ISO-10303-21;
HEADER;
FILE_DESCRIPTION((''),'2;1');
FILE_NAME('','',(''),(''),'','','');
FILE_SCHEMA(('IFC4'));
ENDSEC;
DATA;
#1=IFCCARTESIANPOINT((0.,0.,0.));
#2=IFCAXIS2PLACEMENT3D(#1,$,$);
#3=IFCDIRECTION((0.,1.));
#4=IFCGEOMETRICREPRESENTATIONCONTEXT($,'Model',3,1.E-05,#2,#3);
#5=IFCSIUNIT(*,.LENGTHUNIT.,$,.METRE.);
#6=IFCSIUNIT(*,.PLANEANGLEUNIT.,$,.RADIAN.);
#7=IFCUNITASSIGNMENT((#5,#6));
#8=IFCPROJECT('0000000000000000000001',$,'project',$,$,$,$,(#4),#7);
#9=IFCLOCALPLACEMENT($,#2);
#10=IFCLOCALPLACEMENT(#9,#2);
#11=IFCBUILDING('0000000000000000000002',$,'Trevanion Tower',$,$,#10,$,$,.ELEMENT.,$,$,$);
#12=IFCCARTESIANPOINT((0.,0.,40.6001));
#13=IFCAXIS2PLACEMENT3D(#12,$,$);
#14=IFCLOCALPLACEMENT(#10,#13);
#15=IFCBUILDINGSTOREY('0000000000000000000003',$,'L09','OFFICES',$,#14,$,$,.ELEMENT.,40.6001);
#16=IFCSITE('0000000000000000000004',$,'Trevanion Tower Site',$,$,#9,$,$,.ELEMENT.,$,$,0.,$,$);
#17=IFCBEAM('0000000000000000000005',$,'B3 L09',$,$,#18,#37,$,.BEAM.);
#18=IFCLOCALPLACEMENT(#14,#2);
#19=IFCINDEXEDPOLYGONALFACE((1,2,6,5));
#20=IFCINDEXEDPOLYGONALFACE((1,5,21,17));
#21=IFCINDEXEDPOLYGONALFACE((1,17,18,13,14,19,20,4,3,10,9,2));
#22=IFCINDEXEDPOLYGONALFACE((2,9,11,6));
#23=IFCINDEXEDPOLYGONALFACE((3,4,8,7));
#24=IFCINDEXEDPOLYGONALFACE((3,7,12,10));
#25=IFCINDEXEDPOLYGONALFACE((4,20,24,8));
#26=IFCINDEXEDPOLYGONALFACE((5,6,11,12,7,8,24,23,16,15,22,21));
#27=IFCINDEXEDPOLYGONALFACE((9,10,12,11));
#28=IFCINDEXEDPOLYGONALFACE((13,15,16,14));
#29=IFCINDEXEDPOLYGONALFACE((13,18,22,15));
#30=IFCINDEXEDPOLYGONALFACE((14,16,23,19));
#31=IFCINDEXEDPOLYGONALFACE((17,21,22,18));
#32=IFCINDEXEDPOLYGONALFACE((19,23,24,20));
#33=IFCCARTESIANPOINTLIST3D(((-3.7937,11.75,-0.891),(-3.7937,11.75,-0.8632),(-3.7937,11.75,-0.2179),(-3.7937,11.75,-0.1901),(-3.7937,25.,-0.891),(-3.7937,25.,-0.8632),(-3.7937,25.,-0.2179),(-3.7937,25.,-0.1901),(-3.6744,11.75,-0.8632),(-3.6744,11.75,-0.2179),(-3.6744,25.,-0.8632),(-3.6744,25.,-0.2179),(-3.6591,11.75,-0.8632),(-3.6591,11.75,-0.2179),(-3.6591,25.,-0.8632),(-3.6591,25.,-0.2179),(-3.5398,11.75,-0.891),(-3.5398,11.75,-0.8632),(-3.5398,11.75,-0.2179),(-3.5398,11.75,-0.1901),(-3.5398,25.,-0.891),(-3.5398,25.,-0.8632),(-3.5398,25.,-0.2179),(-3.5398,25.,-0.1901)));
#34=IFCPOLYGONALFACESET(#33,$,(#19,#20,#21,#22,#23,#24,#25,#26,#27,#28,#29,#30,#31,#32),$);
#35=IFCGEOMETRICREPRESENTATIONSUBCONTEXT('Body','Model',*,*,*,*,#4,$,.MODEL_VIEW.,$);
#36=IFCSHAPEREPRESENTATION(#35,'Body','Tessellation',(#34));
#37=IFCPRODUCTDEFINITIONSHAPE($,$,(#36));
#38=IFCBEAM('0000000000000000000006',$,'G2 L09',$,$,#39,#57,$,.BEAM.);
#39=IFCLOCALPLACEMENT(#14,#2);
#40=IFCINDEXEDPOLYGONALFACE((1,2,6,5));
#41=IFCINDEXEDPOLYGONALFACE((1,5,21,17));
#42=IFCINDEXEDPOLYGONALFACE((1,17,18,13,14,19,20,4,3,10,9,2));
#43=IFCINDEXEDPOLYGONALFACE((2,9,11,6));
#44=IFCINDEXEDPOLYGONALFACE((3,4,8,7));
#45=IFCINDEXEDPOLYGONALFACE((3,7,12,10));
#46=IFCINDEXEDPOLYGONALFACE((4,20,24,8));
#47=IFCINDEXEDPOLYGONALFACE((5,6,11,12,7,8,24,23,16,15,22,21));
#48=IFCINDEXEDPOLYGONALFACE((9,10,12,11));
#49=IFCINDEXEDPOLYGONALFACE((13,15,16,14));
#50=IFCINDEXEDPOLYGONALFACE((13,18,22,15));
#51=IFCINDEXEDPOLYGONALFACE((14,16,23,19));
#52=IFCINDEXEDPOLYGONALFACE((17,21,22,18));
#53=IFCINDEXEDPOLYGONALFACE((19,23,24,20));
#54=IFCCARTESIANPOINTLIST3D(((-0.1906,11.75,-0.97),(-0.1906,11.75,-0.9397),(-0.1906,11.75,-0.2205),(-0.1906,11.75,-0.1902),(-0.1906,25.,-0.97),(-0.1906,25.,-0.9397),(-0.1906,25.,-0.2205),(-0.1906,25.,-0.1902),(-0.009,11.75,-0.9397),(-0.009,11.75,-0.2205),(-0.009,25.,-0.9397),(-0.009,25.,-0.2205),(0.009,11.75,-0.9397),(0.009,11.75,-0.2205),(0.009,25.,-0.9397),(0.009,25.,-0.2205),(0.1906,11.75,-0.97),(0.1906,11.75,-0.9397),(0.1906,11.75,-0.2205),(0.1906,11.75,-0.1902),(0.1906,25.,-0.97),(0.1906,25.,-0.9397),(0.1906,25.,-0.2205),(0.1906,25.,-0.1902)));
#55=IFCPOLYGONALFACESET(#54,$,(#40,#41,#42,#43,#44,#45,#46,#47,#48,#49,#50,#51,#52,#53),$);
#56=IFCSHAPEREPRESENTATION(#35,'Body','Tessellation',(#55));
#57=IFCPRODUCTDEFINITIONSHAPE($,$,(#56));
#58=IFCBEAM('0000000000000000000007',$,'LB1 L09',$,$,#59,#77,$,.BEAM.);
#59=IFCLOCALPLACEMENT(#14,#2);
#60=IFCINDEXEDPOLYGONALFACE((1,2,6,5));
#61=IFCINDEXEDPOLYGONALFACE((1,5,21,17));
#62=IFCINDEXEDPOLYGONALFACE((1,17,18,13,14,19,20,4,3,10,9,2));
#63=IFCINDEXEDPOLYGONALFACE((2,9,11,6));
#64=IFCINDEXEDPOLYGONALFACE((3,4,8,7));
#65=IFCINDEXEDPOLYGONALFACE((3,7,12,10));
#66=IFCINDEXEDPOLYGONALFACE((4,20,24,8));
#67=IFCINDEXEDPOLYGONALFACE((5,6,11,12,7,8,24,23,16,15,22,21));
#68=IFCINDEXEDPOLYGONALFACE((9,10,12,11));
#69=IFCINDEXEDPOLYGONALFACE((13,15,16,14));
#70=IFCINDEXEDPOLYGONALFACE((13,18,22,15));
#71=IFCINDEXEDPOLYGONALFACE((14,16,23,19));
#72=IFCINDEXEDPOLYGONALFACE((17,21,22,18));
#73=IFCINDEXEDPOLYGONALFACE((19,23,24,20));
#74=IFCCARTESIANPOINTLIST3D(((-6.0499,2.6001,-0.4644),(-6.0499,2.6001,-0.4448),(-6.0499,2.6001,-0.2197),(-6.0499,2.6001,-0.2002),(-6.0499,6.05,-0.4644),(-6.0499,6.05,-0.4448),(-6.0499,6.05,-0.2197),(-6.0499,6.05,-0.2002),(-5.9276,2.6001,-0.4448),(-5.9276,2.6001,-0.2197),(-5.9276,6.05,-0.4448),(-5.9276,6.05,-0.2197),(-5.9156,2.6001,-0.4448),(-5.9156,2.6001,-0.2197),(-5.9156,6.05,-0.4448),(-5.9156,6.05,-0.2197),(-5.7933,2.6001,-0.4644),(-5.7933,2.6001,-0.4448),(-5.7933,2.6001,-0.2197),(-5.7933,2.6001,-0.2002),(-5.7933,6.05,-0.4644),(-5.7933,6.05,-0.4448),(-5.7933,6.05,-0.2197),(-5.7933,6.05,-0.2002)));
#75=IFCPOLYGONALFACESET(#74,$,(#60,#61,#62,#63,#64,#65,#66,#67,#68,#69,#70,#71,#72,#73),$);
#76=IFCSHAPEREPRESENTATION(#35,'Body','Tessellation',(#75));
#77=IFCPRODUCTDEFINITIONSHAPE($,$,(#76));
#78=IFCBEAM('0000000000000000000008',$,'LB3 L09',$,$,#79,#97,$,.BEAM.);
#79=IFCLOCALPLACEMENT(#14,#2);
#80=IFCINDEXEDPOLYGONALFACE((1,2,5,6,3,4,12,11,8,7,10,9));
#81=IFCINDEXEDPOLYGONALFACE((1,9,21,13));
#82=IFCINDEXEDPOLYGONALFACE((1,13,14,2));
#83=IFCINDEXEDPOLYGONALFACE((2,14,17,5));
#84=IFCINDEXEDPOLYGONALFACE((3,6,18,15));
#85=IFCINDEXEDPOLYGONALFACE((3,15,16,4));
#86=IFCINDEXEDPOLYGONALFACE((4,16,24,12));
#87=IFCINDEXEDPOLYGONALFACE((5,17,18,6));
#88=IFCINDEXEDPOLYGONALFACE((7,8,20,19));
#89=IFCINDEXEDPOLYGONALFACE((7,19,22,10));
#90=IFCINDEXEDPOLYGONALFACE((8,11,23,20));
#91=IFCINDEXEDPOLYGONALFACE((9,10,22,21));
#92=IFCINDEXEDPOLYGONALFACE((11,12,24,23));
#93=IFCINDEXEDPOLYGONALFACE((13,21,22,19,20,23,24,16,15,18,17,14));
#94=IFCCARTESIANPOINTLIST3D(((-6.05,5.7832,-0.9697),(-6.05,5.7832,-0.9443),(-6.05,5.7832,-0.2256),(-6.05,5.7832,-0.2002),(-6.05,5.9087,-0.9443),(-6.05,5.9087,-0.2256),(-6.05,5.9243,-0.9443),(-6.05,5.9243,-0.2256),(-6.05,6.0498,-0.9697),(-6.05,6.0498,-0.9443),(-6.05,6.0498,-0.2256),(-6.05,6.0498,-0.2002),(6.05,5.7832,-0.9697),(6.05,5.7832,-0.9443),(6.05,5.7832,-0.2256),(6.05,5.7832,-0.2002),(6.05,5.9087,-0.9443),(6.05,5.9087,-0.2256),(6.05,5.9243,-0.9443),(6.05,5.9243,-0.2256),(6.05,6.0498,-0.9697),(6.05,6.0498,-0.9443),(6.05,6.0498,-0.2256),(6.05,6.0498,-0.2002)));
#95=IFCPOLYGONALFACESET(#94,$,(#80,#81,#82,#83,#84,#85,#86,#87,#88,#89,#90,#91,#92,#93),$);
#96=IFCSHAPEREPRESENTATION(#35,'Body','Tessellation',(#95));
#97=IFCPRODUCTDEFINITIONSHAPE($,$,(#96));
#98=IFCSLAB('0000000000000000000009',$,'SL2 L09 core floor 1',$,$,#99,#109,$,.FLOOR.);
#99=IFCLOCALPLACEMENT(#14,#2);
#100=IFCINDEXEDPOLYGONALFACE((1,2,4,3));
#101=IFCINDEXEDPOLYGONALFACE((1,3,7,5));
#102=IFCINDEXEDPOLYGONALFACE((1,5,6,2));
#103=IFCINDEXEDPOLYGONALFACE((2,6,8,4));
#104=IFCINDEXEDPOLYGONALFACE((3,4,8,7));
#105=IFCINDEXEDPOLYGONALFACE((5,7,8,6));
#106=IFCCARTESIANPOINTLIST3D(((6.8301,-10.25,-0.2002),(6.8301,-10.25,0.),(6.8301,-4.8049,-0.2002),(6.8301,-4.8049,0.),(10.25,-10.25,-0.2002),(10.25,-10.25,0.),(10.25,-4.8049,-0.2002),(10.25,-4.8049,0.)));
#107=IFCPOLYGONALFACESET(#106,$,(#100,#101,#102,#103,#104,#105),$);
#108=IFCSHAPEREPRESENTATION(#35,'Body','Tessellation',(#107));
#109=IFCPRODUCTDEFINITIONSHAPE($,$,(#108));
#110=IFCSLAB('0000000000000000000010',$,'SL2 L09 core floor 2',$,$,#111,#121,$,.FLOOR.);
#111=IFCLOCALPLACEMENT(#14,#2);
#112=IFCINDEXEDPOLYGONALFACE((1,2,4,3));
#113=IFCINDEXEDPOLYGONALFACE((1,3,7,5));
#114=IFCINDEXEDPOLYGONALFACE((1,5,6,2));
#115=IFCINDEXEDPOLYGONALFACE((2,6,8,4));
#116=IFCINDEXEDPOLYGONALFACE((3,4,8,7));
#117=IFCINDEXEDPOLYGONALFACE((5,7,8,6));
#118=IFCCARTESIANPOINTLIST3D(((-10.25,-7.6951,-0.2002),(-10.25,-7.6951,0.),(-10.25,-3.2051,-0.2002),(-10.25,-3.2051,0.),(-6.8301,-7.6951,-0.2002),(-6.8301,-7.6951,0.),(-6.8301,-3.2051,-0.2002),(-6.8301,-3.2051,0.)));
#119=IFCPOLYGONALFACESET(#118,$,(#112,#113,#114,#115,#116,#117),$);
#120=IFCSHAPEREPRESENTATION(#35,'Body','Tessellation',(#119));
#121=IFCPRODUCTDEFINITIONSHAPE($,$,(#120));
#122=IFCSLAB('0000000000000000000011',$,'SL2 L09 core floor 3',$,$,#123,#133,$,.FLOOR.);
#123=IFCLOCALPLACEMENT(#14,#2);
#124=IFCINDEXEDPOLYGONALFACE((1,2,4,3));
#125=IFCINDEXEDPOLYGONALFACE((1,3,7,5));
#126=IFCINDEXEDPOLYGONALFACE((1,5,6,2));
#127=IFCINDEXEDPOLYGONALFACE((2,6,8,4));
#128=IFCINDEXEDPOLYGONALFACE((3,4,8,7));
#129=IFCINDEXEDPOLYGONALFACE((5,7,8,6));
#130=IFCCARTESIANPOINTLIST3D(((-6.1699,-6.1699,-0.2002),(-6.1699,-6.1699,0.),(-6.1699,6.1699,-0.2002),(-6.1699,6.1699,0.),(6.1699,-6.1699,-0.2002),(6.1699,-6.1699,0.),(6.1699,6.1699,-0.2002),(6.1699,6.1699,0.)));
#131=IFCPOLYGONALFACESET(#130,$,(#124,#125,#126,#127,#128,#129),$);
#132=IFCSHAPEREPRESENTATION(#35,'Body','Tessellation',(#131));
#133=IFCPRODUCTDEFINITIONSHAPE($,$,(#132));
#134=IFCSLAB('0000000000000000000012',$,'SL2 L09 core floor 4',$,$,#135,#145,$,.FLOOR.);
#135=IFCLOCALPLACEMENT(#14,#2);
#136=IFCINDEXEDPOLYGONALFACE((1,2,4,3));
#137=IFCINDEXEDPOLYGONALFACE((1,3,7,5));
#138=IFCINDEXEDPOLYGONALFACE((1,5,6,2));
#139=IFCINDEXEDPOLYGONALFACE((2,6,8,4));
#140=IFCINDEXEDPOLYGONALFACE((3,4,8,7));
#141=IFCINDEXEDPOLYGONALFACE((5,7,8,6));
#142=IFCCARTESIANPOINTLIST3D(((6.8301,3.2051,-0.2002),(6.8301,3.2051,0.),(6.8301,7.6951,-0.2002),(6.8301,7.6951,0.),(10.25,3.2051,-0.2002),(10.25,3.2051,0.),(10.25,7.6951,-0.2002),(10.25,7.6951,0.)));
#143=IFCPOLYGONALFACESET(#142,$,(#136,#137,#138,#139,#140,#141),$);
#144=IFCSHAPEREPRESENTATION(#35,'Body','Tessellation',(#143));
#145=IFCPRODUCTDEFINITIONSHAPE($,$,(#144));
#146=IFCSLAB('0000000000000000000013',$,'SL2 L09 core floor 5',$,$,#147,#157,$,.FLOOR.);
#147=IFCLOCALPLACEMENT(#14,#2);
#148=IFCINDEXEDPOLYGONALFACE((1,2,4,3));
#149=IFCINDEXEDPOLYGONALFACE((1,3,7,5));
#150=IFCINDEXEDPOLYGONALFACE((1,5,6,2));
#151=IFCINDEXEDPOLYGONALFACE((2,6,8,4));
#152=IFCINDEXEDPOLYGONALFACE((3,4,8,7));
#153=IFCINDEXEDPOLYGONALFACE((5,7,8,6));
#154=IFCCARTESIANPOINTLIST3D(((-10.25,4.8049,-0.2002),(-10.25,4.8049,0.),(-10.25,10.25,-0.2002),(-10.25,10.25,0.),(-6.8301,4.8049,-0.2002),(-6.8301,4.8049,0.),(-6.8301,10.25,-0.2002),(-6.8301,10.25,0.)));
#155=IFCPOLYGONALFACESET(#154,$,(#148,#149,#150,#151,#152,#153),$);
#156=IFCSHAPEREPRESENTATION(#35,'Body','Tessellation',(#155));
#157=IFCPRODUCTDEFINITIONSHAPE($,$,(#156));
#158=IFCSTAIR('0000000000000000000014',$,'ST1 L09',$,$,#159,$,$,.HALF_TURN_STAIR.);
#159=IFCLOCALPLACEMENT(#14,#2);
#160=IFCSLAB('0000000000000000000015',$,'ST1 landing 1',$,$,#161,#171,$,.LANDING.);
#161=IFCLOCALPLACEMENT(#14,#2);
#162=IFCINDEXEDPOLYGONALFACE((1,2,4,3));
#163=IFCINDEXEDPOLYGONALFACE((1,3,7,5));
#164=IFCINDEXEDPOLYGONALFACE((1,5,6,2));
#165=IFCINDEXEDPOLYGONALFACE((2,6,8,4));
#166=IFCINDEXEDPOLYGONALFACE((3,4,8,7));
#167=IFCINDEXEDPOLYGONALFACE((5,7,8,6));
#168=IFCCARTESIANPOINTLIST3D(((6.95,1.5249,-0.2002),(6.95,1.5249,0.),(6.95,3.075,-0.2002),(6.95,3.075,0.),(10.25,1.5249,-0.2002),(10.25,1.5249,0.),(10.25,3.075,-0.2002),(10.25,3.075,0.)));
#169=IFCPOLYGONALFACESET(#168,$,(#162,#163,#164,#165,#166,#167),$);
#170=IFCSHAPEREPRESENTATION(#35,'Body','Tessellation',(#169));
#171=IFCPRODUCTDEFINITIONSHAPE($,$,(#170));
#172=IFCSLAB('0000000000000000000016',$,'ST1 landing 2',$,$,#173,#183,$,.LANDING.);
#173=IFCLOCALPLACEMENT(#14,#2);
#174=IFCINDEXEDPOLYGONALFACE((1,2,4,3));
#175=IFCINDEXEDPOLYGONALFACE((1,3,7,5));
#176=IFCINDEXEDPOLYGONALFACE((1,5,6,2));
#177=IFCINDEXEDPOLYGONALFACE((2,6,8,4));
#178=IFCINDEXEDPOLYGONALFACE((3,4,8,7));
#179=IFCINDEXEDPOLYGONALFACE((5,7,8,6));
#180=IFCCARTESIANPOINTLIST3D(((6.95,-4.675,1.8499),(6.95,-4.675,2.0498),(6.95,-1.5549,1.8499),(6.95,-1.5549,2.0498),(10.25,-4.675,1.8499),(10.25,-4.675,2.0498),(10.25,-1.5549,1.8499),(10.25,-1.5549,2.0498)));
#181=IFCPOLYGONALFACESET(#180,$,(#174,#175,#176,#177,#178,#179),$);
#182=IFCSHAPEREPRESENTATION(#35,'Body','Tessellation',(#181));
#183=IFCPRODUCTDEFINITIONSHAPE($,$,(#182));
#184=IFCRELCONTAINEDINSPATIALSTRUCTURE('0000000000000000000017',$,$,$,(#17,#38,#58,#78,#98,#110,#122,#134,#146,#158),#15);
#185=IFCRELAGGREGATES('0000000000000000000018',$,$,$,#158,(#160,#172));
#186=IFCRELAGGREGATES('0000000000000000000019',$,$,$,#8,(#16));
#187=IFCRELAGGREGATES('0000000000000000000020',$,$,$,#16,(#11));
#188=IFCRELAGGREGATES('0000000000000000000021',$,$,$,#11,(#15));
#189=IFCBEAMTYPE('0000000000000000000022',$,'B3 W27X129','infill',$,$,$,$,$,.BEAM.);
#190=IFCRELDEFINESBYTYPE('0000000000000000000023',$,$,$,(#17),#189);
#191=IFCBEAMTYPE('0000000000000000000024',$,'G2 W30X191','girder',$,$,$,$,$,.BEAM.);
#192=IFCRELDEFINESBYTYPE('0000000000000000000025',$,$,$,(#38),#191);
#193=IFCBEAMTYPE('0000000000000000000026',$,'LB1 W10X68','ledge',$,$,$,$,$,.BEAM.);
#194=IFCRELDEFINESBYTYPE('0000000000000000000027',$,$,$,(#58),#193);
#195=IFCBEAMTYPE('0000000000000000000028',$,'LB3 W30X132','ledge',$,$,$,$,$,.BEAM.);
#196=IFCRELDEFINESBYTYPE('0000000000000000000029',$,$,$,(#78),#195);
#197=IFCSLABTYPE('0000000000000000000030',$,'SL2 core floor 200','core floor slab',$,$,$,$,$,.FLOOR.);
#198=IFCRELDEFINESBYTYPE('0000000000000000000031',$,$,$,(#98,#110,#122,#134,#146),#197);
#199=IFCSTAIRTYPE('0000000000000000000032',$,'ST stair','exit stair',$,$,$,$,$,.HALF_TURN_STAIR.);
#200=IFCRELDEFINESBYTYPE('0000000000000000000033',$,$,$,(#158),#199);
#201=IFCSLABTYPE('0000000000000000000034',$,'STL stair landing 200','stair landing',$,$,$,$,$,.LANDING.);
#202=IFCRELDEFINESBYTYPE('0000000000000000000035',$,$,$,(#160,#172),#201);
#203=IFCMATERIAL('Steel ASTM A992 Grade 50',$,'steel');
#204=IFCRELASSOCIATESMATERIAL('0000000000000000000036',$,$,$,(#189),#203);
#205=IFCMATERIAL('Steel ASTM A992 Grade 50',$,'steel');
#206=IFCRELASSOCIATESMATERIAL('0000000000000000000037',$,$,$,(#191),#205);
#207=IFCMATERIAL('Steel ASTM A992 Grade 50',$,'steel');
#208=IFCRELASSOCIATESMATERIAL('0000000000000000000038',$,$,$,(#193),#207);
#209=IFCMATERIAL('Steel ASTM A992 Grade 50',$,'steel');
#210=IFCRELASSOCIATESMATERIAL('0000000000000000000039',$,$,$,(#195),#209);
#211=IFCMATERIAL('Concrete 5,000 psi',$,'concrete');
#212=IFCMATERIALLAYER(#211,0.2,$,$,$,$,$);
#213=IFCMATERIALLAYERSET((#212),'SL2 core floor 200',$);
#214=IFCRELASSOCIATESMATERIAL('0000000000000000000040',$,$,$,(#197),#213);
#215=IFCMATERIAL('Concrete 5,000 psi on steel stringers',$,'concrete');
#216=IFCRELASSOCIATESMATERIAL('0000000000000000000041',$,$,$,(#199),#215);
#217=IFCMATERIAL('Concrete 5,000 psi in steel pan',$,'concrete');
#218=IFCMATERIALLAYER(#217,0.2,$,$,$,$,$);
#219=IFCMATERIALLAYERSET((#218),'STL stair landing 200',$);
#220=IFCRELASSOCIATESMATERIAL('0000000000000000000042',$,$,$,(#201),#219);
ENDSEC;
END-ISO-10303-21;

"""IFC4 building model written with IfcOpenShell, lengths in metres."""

from ifc_helpers import new_model, si_unit, direction, frame, origin, origin_2d, place, context, subcontext, project, spatial, polyline, i_section, outline, extrude, material, layer, layer_set, material_profile, profile_set, type_object, element, aggregate, save


model = new_model("IFC4")

# Units and contexts
model_context = context("Model", 3, precision=1e-05, world=origin(), true_north=direction((0.0, 1.0)))
body_context = subcontext(model_context, "Body", "Model", "MODEL_VIEW")
ifc_project = project(units=[si_unit("LENGTHUNIT", "METRE"), si_unit("PLANEANGLEUNIT", "RADIAN")], contexts=[model_context])

# Site, building, storey
site_placement = place(None, origin())
site = spatial("IfcSite", under=ifc_project, at=site_placement, Name="Trevanion Tower Site", CompositionType="ELEMENT", RefElevation=0.0)
building_placement = place(site_placement, origin())
building = spatial("IfcBuilding", under=site, at=building_placement, Name="Trevanion Tower", CompositionType="ELEMENT")
storey_placement = place(building_placement, frame((0.0, 0.0, 40.6001)))
storey = spatial("IfcBuildingStorey", under=building, at=storey_placement, Name="L09", Description="OFFICES", CompositionType="ELEMENT", Elevation=40.6001)

# Beams
ifc_material_1 = material(Name="Steel ASTM A992 Grade 50", Category="steel")
ifc_material_profile_1 = material_profile(ifc_material_1, i_section(OverallWidth=0.2539, OverallDepth=0.7009, WebThickness=0.0154, FlangeThickness=0.0278, at=origin_2d()), Name="W27X129")
ifc_profile_set_1 = profile_set([ifc_material_profile_1], Name="Steel ASTM A992 Grade 50")
beam_type_1 = type_object("IfcBeamType", Name="B3 W27X129", Description="infill", PredefinedType="BEAM", material=ifc_profile_set_1)
beam_1_placement = place(storey_placement, frame((-3.6667, 11.75, -0.5405), z_axis=(0.0, 1.0, 0.0), x_axis=(-1.0, 0.0, 0.0)))
element("IfcBeam", 1, at=beam_1_placement, inside=storey, type_object=beam_type_1, Name="B3 L09", PredefinedType="BEAM", context=body_context, shape_type="SweptSolid", body=[
    extrude(i_section(OverallWidth=0.2539, OverallDepth=0.7009, WebThickness=0.0154, FlangeThickness=0.0278, at=origin_2d()), origin(), (0.0, 0.0, 1.0), 13.25),
])
ifc_material_2 = material(Name="Steel ASTM A992 Grade 50", Category="steel")
ifc_material_profile_2 = material_profile(ifc_material_2, i_section(OverallWidth=0.3811, OverallDepth=0.7798, WebThickness=0.0181, FlangeThickness=0.0303, at=origin_2d()), Name="W30X191")
ifc_profile_set_2 = profile_set([ifc_material_profile_2], Name="Steel ASTM A992 Grade 50")
beam_type_2 = type_object("IfcBeamType", Name="G2 W30X191", Description="girder", PredefinedType="BEAM", material=ifc_profile_set_2)
beam_2_placement = place(storey_placement, frame((0.0, 11.75, -0.5801), z_axis=(0.0, 1.0, 0.0), x_axis=(-1.0, 0.0, 0.0)))
element("IfcBeam", 2, at=beam_2_placement, inside=storey, type_object=beam_type_2, Name="G2 L09", PredefinedType="BEAM", context=body_context, shape_type="SweptSolid", body=[
    extrude(i_section(OverallWidth=0.3811, OverallDepth=0.7798, WebThickness=0.0181, FlangeThickness=0.0303, at=origin_2d()), origin(), (0.0, 0.0, 1.0), 13.25),
])
ifc_material_3 = material(Name="Steel ASTM A992 Grade 50", Category="steel")
ifc_material_profile_3 = material_profile(ifc_material_3, i_section(OverallWidth=0.2566, OverallDepth=0.2642, WebThickness=0.012, FlangeThickness=0.0195, at=origin_2d()), Name="W10X68")
ifc_profile_set_3 = profile_set([ifc_material_profile_3], Name="Steel ASTM A992 Grade 50")
beam_type_3 = type_object("IfcBeamType", Name="LB1 W10X68", Description="ledge", PredefinedType="BEAM", material=ifc_profile_set_3)
beam_3_placement = place(storey_placement, frame((-5.9216, 2.6001, -0.3323), z_axis=(0.0, 1.0, 0.0), x_axis=(-1.0, 0.0, 0.0)))
element("IfcBeam", 3, at=beam_3_placement, inside=storey, type_object=beam_type_3, Name="LB1 L09", PredefinedType="BEAM", context=body_context, shape_type="SweptSolid", body=[
    extrude(i_section(OverallWidth=0.2566, OverallDepth=0.2642, WebThickness=0.012, FlangeThickness=0.0195, at=origin_2d()), origin(), (0.0, 0.0, 1.0), 3.45),
])
ifc_material_4 = material(Name="Steel ASTM A992 Grade 50", Category="steel")
ifc_material_profile_4 = material_profile(ifc_material_4, i_section(OverallWidth=0.2666, OverallDepth=0.7695, WebThickness=0.0156, FlangeThickness=0.0254, at=origin_2d()), Name="W30X132")
ifc_profile_set_4 = profile_set([ifc_material_profile_4], Name="Steel ASTM A992 Grade 50")
beam_type_4 = type_object("IfcBeamType", Name="LB3 W30X132", Description="ledge", PredefinedType="BEAM", material=ifc_profile_set_4)
beam_4_placement = place(storey_placement, frame((-6.05, 5.9165, -0.585), z_axis=(1.0, 0.0, 0.0), x_axis=(0.0, 1.0, 0.0)))
element("IfcBeam", 4, at=beam_4_placement, inside=storey, type_object=beam_type_4, Name="LB3 L09", PredefinedType="BEAM", context=body_context, shape_type="SweptSolid", body=[
    extrude(i_section(OverallWidth=0.2666, OverallDepth=0.7695, WebThickness=0.0156, FlangeThickness=0.0254, at=origin_2d()), origin(), (0.0, 0.0, 1.0), 12.1001),
])

# Slabs
ifc_material_5 = material(Name="Concrete 5,000 psi", Category="concrete")
ifc_layer_1 = layer(ifc_material_5, 0.2)
ifc_layer_set_1 = layer_set([ifc_layer_1], Name="SL2 core floor 200")
slab_type_1 = type_object("IfcSlabType", Name="SL2 core floor 200", Description="core floor slab", PredefinedType="FLOOR", material=ifc_layer_set_1)
slab_1_placement = place(storey_placement, frame((0.0, 0.0, -0.2002)))
element("IfcSlab", 5, at=slab_1_placement, inside=storey, type_object=slab_type_1, Name="SL2 L09 core floor 1", PredefinedType="FLOOR", context=body_context, shape_type="SweptSolid", body=[
    extrude(outline(polyline([(10.25, -4.8049), (10.25, -10.25), (6.8301, -10.25), (6.8301, -4.8049), (10.25, -4.8049)])), origin(), (0.0, 0.0, 1.0), 0.2002),
])
slab_2_placement = place(storey_placement, frame((0.0, 0.0, -0.2002)))
element("IfcSlab", 6, at=slab_2_placement, inside=storey, type_object=slab_type_1, Name="SL2 L09 core floor 2", PredefinedType="FLOOR", context=body_context, shape_type="SweptSolid", body=[
    extrude(outline(polyline([(-6.8301, -3.2051), (-6.8301, -7.6951), (-10.25, -7.6951), (-10.25, -3.2051), (-6.8301, -3.2051)])), origin(), (0.0, 0.0, 1.0), 0.2002),
])
slab_3_placement = place(storey_placement, frame((0.0, 0.0, -0.2002)))
element("IfcSlab", 7, at=slab_3_placement, inside=storey, type_object=slab_type_1, Name="SL2 L09 core floor 3", PredefinedType="FLOOR", context=body_context, shape_type="SweptSolid", body=[
    extrude(outline(polyline([(6.1699, -6.1699), (-6.1699, -6.1699), (-6.1699, 6.1699), (6.1699, 6.1699), (6.1699, -6.1699)])), origin(), (0.0, 0.0, 1.0), 0.2002),
])
slab_4_placement = place(storey_placement, frame((0.0, 0.0, -0.2002)))
element("IfcSlab", 8, at=slab_4_placement, inside=storey, type_object=slab_type_1, Name="SL2 L09 core floor 4", PredefinedType="FLOOR", context=body_context, shape_type="SweptSolid", body=[
    extrude(outline(polyline([(6.8301, 3.2051), (6.8301, 7.6951), (10.25, 7.6951), (10.25, 3.2051), (6.8301, 3.2051)])), origin(), (0.0, 0.0, 1.0), 0.2002),
])
slab_5_placement = place(storey_placement, frame((0.0, 0.0, -0.2002)))
element("IfcSlab", 9, at=slab_5_placement, inside=storey, type_object=slab_type_1, Name="SL2 L09 core floor 5", PredefinedType="FLOOR", context=body_context, shape_type="SweptSolid", body=[
    extrude(outline(polyline([(-6.8301, 4.8049), (-10.25, 4.8049), (-10.25, 10.25), (-6.8301, 10.25), (-6.8301, 4.8049)])), origin(), (0.0, 0.0, 1.0), 0.2002),
])

# Stair, slabs
ifc_material_6 = material(Name="Concrete 5,000 psi on steel stringers", Category="concrete")
stair_type = type_object("IfcStairType", Name="ST stair", Description="exit stair", PredefinedType="HALF_TURN_STAIR", material=ifc_material_6)
stair_1_placement = place(storey_placement, origin())
stair_1 = element("IfcStair", 10, at=stair_1_placement, inside=storey, type_object=stair_type, Name="ST1 L09", PredefinedType="HALF_TURN_STAIR")
ifc_material_7 = material(Name="Concrete 5,000 psi in steel pan", Category="concrete")
ifc_layer_2 = layer(ifc_material_7, 0.2)
ifc_layer_set_2 = layer_set([ifc_layer_2], Name="STL stair landing 200")
slab_type_2 = type_object("IfcSlabType", Name="STL stair landing 200", Description="stair landing", PredefinedType="LANDING", material=ifc_layer_set_2)
slab_6_placement = place(storey_placement, frame((0.0, 0.0, -0.2002)))
slab_6 = element("IfcSlab", 11, at=slab_6_placement, type_object=slab_type_2, Name="ST1 landing 1", PredefinedType="LANDING", context=body_context, shape_type="SweptSolid", body=[
    extrude(outline(polyline([(6.95, 1.5249), (10.25, 1.5249), (10.25, 3.075), (6.95, 3.075), (6.95, 1.5249)])), origin(), (0.0, 0.0, 1.0), 0.2002),
])
slab_7_placement = place(storey_placement, frame((0.0, 0.0, 1.8499)))
slab_7 = element("IfcSlab", 12, at=slab_7_placement, type_object=slab_type_2, Name="ST1 landing 2", PredefinedType="LANDING", context=body_context, shape_type="SweptSolid", body=[
    extrude(outline(polyline([(6.95, -4.675), (10.25, -4.675), (10.25, -1.5549), (6.95, -1.5549), (6.95, -4.675)])), origin(), (0.0, 0.0, 1.0), 0.2),
])
aggregate(stair_1, [slab_6, slab_7])

save(model, "model.ifc")
